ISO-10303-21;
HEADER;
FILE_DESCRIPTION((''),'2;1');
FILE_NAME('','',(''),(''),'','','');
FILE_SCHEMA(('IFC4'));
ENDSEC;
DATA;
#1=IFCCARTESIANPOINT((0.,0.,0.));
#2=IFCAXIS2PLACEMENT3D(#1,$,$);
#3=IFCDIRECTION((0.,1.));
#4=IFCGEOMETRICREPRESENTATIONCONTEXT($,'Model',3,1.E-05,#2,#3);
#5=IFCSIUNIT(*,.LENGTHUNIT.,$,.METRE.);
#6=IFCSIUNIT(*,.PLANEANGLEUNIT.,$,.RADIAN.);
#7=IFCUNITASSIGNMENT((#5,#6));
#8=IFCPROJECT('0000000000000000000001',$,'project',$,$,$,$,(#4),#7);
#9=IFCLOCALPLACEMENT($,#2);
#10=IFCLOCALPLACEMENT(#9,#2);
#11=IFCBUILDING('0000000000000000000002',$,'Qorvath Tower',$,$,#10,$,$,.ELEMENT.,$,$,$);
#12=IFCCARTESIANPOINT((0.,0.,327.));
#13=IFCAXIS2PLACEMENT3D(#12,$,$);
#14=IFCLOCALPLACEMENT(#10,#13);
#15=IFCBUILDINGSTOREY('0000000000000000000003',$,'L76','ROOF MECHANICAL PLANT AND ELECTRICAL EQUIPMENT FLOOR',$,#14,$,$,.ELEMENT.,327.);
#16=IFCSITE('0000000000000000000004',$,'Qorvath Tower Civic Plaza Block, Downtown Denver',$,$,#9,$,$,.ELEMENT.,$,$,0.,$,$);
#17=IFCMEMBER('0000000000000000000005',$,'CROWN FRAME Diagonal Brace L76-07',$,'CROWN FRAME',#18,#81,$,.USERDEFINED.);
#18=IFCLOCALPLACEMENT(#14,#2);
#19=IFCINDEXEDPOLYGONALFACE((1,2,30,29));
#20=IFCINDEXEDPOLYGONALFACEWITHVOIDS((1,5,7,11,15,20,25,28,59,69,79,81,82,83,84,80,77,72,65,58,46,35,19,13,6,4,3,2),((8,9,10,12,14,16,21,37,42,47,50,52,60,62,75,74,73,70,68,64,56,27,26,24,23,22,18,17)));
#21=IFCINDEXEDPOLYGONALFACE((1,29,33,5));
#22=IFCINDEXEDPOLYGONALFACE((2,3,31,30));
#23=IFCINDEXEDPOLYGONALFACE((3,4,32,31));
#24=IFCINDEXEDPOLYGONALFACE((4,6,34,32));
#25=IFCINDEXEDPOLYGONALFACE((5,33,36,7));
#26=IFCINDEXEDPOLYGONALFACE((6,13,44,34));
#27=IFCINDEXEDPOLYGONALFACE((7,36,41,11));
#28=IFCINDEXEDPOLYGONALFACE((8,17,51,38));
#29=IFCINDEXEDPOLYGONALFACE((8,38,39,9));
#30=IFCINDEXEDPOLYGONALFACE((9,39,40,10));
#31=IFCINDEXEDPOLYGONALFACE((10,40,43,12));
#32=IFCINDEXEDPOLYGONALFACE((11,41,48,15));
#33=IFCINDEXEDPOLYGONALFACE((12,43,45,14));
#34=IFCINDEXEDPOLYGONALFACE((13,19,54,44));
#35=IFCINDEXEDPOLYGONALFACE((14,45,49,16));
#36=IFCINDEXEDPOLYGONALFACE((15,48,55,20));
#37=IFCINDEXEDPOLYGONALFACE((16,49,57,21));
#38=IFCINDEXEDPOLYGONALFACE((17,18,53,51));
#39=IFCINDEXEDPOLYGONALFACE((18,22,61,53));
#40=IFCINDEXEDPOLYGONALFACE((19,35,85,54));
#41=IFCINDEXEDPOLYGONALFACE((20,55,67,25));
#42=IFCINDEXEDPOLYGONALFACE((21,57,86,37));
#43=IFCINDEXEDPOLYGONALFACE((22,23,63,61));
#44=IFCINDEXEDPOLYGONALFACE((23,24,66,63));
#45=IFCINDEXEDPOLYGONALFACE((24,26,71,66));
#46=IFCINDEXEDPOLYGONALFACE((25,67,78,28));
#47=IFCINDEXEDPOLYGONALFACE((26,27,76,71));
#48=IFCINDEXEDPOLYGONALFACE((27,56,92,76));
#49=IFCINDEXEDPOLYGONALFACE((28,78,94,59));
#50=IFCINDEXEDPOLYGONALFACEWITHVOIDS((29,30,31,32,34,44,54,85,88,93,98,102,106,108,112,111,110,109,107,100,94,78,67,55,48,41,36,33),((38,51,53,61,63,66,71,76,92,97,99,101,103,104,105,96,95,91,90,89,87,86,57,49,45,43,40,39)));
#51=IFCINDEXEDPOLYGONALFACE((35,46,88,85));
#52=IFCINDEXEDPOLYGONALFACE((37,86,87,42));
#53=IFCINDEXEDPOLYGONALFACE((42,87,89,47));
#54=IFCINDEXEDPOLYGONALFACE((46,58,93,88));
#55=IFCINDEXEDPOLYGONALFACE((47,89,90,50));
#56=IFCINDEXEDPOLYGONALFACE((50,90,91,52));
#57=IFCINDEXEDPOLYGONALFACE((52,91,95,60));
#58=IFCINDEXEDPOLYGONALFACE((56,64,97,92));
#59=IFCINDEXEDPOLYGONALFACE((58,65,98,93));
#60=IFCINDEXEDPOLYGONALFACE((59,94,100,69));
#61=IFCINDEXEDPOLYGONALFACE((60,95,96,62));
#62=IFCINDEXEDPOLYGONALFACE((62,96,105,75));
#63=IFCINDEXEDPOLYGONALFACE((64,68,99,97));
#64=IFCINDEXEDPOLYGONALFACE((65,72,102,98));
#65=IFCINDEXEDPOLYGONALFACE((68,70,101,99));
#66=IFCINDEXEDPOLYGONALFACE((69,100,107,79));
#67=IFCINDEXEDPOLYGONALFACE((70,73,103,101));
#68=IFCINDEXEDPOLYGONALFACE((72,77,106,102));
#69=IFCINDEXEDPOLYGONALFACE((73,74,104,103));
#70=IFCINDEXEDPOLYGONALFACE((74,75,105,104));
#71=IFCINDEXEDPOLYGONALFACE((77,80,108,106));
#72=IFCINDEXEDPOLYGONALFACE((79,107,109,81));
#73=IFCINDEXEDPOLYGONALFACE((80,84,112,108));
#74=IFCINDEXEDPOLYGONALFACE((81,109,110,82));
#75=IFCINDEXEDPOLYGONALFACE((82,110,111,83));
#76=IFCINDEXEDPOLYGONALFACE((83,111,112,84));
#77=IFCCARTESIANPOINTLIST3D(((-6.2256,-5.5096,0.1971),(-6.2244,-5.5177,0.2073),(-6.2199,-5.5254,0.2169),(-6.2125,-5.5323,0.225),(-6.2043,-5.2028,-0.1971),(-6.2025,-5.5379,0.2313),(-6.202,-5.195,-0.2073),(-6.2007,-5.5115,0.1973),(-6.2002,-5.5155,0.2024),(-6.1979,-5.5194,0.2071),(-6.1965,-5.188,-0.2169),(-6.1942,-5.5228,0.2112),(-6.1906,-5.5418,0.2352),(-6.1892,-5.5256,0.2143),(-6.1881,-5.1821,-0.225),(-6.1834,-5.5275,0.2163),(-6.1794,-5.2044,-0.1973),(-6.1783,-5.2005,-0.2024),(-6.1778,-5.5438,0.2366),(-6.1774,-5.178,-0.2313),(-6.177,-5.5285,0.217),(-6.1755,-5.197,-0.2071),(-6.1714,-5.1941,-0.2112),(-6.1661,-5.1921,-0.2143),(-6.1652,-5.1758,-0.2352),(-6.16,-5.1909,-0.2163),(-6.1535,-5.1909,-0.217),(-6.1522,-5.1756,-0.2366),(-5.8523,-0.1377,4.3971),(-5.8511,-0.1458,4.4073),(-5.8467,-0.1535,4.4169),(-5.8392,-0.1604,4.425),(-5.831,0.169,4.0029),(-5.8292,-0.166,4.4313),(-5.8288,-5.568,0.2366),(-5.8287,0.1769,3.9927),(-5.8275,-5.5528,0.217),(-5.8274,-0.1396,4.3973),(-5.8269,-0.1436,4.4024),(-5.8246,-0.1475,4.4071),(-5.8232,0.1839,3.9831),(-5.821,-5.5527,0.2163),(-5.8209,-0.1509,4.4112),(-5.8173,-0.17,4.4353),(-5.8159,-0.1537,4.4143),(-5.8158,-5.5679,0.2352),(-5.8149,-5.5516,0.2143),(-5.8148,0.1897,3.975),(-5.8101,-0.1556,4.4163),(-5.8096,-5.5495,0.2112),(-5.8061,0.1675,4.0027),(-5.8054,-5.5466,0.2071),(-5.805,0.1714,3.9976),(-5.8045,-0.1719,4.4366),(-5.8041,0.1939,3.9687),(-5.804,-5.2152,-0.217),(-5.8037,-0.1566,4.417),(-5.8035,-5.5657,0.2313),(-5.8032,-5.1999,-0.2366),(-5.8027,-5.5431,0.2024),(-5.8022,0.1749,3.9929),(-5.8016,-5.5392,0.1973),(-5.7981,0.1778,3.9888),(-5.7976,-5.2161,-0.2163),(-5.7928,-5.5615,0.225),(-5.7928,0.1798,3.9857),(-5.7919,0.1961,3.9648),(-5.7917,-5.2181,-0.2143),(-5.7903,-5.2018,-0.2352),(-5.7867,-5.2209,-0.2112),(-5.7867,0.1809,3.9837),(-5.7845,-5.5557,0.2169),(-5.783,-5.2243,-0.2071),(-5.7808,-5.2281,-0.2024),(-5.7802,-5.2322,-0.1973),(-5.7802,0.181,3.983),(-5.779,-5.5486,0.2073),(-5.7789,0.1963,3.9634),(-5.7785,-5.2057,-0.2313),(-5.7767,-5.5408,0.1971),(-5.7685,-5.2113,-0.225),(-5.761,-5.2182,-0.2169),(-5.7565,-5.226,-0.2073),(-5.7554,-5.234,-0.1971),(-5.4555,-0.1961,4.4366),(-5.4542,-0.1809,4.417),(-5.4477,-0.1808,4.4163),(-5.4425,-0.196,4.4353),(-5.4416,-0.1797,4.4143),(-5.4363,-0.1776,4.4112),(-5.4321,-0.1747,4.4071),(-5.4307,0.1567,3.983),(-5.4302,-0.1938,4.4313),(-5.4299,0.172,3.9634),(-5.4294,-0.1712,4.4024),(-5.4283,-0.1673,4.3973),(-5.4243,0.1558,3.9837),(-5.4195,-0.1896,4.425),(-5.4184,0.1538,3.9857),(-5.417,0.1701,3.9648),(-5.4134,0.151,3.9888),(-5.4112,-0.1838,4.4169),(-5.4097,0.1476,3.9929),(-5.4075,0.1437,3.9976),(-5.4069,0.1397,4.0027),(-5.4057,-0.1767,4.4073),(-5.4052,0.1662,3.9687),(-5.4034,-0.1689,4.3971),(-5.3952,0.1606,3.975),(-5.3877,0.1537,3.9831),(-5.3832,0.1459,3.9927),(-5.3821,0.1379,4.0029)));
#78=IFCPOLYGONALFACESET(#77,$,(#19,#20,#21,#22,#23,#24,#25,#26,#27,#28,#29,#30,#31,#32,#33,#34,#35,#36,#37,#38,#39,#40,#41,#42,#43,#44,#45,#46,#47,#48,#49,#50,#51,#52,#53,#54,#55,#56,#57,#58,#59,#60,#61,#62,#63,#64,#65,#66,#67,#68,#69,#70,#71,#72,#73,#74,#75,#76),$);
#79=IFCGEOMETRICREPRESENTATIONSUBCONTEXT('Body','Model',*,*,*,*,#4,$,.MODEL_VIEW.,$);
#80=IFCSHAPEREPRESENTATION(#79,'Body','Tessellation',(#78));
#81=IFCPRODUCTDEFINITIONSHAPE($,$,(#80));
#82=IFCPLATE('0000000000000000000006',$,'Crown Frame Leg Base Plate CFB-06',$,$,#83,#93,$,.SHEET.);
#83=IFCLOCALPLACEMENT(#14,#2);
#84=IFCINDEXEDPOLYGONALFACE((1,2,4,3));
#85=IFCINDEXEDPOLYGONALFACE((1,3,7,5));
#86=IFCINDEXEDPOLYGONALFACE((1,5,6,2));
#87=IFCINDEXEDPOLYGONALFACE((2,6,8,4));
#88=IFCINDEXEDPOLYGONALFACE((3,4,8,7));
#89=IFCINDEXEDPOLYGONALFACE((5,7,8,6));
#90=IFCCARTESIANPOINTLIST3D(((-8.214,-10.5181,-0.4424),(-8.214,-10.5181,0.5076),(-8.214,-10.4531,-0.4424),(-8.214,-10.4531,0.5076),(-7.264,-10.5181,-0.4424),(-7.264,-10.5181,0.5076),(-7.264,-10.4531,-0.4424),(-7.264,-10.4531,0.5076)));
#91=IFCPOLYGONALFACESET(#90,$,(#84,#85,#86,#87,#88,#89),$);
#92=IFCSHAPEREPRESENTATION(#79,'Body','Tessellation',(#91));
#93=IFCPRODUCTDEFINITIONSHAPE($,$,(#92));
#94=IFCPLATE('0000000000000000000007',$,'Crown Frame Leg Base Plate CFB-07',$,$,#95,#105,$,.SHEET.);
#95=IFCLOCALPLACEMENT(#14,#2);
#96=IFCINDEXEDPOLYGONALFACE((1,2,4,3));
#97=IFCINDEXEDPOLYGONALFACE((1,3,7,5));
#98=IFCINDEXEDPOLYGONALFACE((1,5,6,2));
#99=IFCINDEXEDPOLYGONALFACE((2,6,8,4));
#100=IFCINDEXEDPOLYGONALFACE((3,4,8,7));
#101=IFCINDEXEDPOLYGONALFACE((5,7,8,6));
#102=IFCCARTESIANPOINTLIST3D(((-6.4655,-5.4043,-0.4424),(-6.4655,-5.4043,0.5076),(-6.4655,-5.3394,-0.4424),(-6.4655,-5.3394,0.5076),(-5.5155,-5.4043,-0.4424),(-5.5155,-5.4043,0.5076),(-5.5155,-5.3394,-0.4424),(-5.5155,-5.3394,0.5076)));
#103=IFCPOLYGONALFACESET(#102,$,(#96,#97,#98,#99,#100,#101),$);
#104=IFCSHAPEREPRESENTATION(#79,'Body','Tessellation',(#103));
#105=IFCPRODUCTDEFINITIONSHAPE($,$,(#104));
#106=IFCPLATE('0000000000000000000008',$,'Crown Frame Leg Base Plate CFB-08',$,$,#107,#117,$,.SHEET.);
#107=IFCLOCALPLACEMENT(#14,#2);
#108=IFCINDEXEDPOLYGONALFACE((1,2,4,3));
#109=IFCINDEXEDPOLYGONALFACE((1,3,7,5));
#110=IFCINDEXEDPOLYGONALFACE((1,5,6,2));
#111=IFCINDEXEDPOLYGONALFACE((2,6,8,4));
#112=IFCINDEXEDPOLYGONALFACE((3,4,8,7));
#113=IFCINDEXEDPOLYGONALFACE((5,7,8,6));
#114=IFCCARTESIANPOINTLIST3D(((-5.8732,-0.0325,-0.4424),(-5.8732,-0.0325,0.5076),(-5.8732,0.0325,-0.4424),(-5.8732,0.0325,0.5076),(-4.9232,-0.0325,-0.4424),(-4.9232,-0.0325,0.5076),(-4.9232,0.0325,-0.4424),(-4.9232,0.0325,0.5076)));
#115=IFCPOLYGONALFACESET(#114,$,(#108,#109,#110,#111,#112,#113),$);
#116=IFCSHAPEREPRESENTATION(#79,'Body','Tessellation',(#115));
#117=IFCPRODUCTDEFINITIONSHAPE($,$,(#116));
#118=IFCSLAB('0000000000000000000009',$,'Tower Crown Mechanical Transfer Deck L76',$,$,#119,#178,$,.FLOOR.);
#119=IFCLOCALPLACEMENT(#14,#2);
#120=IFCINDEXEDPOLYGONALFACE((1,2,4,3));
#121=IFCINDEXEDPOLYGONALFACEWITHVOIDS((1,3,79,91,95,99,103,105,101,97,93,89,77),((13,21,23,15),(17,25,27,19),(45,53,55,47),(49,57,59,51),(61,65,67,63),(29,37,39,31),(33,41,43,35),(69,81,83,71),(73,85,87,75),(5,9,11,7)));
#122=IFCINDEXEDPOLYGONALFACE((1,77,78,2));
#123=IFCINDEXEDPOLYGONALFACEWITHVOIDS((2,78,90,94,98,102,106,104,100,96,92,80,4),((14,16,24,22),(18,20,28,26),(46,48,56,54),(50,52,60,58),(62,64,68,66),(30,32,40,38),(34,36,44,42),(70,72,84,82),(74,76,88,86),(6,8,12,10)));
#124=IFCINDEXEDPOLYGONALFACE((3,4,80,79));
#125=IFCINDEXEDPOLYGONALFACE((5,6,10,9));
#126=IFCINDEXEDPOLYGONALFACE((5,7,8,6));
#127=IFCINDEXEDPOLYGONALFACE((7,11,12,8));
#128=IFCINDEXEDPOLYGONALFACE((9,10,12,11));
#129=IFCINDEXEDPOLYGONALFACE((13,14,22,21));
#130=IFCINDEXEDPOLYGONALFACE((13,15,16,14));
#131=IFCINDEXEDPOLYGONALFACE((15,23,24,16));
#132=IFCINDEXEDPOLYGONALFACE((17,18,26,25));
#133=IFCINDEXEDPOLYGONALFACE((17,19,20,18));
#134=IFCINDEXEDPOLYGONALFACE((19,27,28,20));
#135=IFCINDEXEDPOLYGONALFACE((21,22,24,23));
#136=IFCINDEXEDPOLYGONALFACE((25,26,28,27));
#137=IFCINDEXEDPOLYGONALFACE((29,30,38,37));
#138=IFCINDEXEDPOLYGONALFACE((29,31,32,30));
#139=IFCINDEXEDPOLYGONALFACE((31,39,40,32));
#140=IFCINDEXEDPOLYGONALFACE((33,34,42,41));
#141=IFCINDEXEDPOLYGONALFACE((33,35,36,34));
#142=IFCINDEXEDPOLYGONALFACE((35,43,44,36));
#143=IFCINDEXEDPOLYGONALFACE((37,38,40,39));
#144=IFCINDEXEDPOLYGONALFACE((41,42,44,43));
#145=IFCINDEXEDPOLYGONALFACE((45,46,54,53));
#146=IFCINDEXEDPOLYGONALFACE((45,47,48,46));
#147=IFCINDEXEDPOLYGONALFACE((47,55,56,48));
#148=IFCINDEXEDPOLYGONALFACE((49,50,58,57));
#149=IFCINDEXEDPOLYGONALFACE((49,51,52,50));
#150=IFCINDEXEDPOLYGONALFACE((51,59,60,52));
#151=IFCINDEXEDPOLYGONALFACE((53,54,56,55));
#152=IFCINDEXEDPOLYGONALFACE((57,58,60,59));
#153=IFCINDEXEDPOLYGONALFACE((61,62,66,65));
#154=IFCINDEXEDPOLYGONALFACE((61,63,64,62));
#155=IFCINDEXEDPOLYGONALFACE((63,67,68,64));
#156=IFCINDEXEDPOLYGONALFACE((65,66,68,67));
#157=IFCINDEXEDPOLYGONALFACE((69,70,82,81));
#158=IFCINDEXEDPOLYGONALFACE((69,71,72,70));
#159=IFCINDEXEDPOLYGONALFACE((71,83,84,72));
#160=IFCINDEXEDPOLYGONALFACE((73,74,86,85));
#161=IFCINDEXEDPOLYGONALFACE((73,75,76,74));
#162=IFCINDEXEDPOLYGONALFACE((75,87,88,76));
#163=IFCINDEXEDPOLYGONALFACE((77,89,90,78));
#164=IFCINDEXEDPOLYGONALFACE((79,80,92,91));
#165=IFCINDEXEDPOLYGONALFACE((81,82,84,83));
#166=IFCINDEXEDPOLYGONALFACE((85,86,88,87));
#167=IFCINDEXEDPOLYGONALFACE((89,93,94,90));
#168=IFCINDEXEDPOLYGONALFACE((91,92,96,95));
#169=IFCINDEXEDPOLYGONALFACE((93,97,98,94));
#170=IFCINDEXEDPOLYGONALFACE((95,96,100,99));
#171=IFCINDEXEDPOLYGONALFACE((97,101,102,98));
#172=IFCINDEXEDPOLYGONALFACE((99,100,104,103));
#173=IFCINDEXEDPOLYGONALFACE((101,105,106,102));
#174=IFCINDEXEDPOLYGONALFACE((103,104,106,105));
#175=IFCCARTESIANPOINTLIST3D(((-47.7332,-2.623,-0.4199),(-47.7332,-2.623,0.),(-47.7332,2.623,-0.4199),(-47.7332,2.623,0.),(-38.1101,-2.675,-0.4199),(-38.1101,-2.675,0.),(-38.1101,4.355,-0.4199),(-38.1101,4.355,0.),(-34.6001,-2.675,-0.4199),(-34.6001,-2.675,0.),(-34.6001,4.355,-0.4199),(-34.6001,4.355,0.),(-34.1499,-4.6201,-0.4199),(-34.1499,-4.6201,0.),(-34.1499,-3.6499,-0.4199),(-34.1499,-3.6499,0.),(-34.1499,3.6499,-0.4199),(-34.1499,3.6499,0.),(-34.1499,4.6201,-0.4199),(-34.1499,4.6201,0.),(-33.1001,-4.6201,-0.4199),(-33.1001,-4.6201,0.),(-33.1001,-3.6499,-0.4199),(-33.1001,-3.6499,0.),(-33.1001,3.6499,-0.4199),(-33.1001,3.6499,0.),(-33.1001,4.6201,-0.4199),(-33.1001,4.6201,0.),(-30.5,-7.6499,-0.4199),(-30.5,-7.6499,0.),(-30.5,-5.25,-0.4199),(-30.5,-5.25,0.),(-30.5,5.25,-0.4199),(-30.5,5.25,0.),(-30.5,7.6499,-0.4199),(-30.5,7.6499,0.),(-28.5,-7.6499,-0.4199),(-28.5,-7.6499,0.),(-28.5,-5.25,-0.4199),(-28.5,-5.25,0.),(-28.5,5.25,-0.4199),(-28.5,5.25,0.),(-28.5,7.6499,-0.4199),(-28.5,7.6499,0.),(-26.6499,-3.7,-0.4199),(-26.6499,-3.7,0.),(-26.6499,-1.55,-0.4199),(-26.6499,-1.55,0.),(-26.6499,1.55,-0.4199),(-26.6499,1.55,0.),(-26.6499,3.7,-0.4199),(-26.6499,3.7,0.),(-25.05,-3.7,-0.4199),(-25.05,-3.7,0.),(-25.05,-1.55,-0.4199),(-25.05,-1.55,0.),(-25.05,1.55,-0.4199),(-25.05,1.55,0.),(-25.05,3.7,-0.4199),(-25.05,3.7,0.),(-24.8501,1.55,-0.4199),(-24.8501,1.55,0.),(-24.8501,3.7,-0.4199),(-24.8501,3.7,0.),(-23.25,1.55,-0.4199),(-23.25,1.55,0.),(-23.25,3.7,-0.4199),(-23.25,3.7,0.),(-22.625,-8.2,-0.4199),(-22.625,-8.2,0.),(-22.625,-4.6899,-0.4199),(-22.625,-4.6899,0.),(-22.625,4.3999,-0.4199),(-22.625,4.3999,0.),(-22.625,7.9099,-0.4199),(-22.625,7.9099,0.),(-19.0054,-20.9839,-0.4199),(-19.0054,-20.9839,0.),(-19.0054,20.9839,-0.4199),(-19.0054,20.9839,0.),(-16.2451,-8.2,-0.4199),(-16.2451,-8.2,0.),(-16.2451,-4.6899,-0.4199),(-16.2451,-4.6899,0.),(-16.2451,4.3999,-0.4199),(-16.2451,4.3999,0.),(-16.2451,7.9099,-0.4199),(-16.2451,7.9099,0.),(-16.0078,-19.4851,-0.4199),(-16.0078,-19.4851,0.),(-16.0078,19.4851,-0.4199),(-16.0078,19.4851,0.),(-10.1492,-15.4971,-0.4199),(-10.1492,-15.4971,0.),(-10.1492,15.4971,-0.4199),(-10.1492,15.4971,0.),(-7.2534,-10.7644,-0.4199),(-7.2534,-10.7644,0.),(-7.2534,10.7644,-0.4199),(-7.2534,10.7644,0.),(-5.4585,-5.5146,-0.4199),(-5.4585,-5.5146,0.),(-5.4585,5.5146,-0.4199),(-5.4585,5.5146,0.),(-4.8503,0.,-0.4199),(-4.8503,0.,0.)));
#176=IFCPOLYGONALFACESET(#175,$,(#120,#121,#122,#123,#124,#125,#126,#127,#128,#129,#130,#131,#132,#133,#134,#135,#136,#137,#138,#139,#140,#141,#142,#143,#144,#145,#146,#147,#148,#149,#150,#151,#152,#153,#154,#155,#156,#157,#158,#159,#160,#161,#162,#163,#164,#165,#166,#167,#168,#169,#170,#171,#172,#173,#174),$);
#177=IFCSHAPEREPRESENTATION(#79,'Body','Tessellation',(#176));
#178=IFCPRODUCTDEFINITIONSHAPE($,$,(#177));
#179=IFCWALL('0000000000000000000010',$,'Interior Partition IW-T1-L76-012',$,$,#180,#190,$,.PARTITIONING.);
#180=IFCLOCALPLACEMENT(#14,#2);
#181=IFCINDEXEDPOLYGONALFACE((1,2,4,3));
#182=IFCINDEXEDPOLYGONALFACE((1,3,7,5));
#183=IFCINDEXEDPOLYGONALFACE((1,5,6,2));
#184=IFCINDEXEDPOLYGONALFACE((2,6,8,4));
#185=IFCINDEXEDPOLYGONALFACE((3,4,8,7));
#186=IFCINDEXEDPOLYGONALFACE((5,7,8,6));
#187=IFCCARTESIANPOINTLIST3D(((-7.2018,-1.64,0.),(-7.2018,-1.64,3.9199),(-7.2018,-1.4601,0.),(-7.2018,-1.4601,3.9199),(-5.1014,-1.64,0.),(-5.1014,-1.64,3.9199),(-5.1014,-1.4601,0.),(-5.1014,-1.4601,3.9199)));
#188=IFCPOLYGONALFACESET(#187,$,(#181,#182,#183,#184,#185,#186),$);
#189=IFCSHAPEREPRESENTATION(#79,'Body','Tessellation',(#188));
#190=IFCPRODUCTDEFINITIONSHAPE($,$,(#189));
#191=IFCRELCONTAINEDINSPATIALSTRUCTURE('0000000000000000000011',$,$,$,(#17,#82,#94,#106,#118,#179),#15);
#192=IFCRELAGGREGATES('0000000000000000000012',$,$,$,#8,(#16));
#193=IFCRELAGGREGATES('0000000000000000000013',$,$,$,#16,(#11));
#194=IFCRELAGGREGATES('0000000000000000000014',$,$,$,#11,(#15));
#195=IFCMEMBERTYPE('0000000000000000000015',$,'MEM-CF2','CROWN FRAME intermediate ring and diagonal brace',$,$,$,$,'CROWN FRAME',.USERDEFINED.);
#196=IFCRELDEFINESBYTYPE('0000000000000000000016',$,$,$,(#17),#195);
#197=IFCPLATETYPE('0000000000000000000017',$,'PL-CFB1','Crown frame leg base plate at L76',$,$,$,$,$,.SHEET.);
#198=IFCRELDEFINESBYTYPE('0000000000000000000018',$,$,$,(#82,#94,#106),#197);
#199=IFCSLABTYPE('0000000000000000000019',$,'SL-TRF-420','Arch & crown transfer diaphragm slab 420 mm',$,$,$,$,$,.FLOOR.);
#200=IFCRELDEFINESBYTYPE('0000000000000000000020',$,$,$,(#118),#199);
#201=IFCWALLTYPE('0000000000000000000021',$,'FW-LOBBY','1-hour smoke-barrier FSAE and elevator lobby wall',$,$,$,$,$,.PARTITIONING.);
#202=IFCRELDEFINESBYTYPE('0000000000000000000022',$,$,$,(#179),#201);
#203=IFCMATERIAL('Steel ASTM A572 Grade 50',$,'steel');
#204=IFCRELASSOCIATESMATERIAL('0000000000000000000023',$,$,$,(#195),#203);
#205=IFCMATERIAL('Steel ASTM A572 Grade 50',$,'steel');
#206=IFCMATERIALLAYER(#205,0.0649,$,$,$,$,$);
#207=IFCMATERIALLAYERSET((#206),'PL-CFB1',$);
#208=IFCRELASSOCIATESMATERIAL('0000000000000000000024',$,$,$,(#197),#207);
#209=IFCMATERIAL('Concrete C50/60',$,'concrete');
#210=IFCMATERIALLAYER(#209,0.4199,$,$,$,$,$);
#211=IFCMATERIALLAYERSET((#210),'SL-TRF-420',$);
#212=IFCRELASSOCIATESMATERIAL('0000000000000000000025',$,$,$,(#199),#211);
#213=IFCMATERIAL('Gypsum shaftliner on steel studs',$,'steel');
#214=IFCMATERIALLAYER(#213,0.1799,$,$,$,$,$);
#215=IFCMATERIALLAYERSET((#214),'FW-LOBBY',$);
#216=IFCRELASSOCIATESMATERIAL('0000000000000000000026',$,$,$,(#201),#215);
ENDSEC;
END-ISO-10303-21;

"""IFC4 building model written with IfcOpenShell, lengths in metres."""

from ifc_helpers import new_model, si_unit, direction, frame, frame_2d, origin, origin_2d, place, context, subcontext, project, spatial, polyline, rectangle, hollow_rectangle, outline, extrude, material, layer, layer_set, material_profile, profile_set, type_object, element, save


model = new_model("IFC4")

# Units and contexts
model_context = context("Model", 3, precision=1e-05, world=origin(), true_north=direction((0.0, 1.0)))
body_context = subcontext(model_context, "Body", "Model", "MODEL_VIEW")
ifc_project = project(units=[si_unit("LENGTHUNIT", "METRE"), si_unit("PLANEANGLEUNIT", "RADIAN")], contexts=[model_context])

# Site, building, storey
site_placement = place(None, origin())
site = spatial("IfcSite", under=ifc_project, at=site_placement, Name="Qorvath Tower Civic Plaza Block, Downtown Denver", CompositionType="ELEMENT", RefElevation=0.0)
building_placement = place(site_placement, origin())
building = spatial("IfcBuilding", under=site, at=building_placement, Name="Qorvath Tower", CompositionType="ELEMENT")
storey_placement = place(building_placement, frame((0.0, 0.0, 327.0)))
storey = spatial("IfcBuildingStorey", under=building, at=storey_placement, Name="L76", Description="ROOF MECHANICAL PLANT AND ELECTRICAL EQUIPMENT FLOOR", CompositionType="ELEMENT", Elevation=327.0)

# Member
ifc_material_1 = material(Name="Steel ASTM A572 Grade 50", Category="steel")
ifc_material_profile_1 = material_profile(ifc_material_1, hollow_rectangle(XDim=0.45, YDim=0.6001, WallThickness=0.0249, InnerFilletRadius=0.0249, OuterFilletRadius=0.05, at=origin_2d()), Name="CROWN BOX 600x450x25")
ifc_profile_set_1 = profile_set([ifc_material_profile_1], Name="Steel ASTM A572 Grade 50")
member_type_1 = type_object("IfcMemberType", Name="MEM-CF2", Description="CROWN FRAME intermediate ring and diagonal brace", ElementType="CROWN FRAME", PredefinedType="USERDEFINED", material=ifc_profile_set_1)
member_1_placement = place(storey_placement, frame((-5.9905, -5.3718, 0.0), z_axis=(0.054662, 0.786618, 0.615016), x_axis=(-0.997594, 0.069323, 0.0)))
element("IfcMember", 1, at=member_1_placement, inside=storey, type_object=member_type_1, Name="CROWN FRAME Diagonal Brace L76-07", ObjectType="CROWN FRAME", PredefinedType="USERDEFINED", context=body_context, shape_type="SweptSolid", body=[
    extrude(hollow_rectangle(XDim=0.45, YDim=0.6001, WallThickness=0.0249, InnerFilletRadius=0.0249, OuterFilletRadius=0.05, at=origin_2d()), origin(), (0.0, 0.0, 1.0), 6.8291),
])

# Plates
ifc_material_2 = material(Name="Steel ASTM A572 Grade 50", Category="steel")
ifc_layer_1 = layer(ifc_material_2, 0.0649)
ifc_layer_set_1 = layer_set([ifc_layer_1], Name="PL-CFB1")
plate_type = type_object("IfcPlateType", Name="PL-CFB1", Description="Crown frame leg base plate at L76", PredefinedType="SHEET", material=ifc_layer_set_1)
for number, where, z_axis, x_axis, name in (
    (2, (-7.739, -10.4856, -0.4424), (0.0, 0.0, 1.0), (1.0, 0.0, 0.0), "Crown Frame Leg Base Plate CFB-06"),
    (3, (-5.9905, -5.3718, -0.4424), (0.0, 0.0, 1.0), (1.0, 0.0, 0.0), "Crown Frame Leg Base Plate CFB-07"),
    (4, (-5.3982, 0.0, -0.4424), (0.0, 0.0, 1.0), (1.0, 0.0, 0.0), "Crown Frame Leg Base Plate CFB-08"),
):
    element("IfcPlate", number, at=place(storey_placement, frame(where, z_axis=z_axis, x_axis=x_axis)), inside=storey, type_object=plate_type, Name=name, PredefinedType="SHEET", context=body_context, shape_type="SweptSolid", body=[
        extrude(rectangle(XDim=0.95, YDim=0.0649, at=origin_2d()), origin(), (0.0, 0.0, 1.0), 0.95),
    ])

# Slab
ifc_material_3 = material(Name="Concrete C50/60", Category="concrete")
ifc_layer_2 = layer(ifc_material_3, 0.4199)
ifc_layer_set_2 = layer_set([ifc_layer_2], Name="SL-TRF-420")
slab_type = type_object("IfcSlabType", Name="SL-TRF-420", Description="Arch & crown transfer diaphragm slab 420 mm", PredefinedType="FLOOR", material=ifc_layer_set_2)
slab_placement = place(storey_placement, frame((0.0, 0.0, -0.4199)))
element("IfcSlab", 5, at=slab_placement, inside=storey, type_object=slab_type, Name="Tower Crown Mechanical Transfer Deck L76", PredefinedType="FLOOR", context=body_context, shape_type="SweptSolid", body=[
    extrude(outline(polyline([(-47.7332, 2.623), (-47.7332, -2.623), (-19.0054, -20.9839), (-16.0078, -19.4851), (-10.1492, -15.4971), (-7.2534, -10.7644), (-5.4585, -5.5146), (-4.8503, 0.0), (-5.4585, 5.5146), (-7.2534, 10.7644), (-10.1492, 15.4971), (-16.0078, 19.4851), (-19.0054, 20.9839), (-47.7332, 2.623)]), holes=[polyline([(-16.2451, -8.2), (-22.625, -8.2), (-22.625, -4.6899), (-16.2451, -4.6899), (-16.2451, -8.2)]), polyline([(-22.625, 4.3999), (-22.625, 7.9099), (-16.2451, 7.9099), (-16.2451, 4.3999), (-22.625, 4.3999)]), polyline([(-23.25, 1.55), (-24.8501, 1.55), (-24.8501, 3.7), (-23.25, 3.7), (-23.25, 1.55)]), polyline([(-26.6499, -3.7), (-26.6499, -1.55), (-25.05, -1.55), (-25.05, -3.7), (-26.6499, -3.7)]), polyline([(-25.05, 1.55), (-26.6499, 1.55), (-26.6499, 3.7), (-25.05, 3.7), (-25.05, 1.55)]), polyline([(-28.5, -7.6499), (-30.5, -7.6499), (-30.5, -5.25), (-28.5, -5.25), (-28.5, -7.6499)]), polyline([(-30.5, 5.25), (-30.5, 7.6499), (-28.5, 7.6499), (-28.5, 5.25), (-30.5, 5.25)]), polyline([(-33.1001, -4.6201), (-34.1499, -4.6201), (-34.1499, -3.6499), (-33.1001, -3.6499), (-33.1001, -4.6201)]), polyline([(-33.1001, 3.6499), (-34.1499, 3.6499), (-34.1499, 4.6201), (-33.1001, 4.6201), (-33.1001, 3.6499)]), polyline([(-34.6001, -2.675), (-38.1101, -2.675), (-38.1101, 4.355), (-34.6001, 4.355), (-34.6001, -2.675)])]), origin(), (0.0, 0.0, 1.0), 0.4199),
])

# Wall
ifc_material_4 = material(Name="Gypsum shaftliner on steel studs", Category="steel")
ifc_layer_3 = layer(ifc_material_4, 0.1799)
ifc_layer_set_3 = layer_set([ifc_layer_3], Name="FW-LOBBY")
wall_type_1 = type_object("IfcWallType", Name="FW-LOBBY", Description="1-hour smoke-barrier FSAE and elevator lobby wall", PredefinedType="PARTITIONING", material=ifc_layer_set_3)
wall_1_placement = place(storey_placement, frame((-5.1013, -1.55, 0.0), z_axis=(0.0, 0.0, 1.0), x_axis=(-1.0, 0.0, 0.0)))
element("IfcWall", 6, at=wall_1_placement, inside=storey, type_object=wall_type_1, Name="Interior Partition IW-T1-L76-012", PredefinedType="PARTITIONING", context=body_context, shape_type="SweptSolid", body=[
    extrude(rectangle(XDim=2.1003, YDim=0.1799, at=frame_2d((1.0503, 0.0))), origin(), (0.0, 0.0, 1.0), 3.9199),
])

save(model, "model.ifc")
